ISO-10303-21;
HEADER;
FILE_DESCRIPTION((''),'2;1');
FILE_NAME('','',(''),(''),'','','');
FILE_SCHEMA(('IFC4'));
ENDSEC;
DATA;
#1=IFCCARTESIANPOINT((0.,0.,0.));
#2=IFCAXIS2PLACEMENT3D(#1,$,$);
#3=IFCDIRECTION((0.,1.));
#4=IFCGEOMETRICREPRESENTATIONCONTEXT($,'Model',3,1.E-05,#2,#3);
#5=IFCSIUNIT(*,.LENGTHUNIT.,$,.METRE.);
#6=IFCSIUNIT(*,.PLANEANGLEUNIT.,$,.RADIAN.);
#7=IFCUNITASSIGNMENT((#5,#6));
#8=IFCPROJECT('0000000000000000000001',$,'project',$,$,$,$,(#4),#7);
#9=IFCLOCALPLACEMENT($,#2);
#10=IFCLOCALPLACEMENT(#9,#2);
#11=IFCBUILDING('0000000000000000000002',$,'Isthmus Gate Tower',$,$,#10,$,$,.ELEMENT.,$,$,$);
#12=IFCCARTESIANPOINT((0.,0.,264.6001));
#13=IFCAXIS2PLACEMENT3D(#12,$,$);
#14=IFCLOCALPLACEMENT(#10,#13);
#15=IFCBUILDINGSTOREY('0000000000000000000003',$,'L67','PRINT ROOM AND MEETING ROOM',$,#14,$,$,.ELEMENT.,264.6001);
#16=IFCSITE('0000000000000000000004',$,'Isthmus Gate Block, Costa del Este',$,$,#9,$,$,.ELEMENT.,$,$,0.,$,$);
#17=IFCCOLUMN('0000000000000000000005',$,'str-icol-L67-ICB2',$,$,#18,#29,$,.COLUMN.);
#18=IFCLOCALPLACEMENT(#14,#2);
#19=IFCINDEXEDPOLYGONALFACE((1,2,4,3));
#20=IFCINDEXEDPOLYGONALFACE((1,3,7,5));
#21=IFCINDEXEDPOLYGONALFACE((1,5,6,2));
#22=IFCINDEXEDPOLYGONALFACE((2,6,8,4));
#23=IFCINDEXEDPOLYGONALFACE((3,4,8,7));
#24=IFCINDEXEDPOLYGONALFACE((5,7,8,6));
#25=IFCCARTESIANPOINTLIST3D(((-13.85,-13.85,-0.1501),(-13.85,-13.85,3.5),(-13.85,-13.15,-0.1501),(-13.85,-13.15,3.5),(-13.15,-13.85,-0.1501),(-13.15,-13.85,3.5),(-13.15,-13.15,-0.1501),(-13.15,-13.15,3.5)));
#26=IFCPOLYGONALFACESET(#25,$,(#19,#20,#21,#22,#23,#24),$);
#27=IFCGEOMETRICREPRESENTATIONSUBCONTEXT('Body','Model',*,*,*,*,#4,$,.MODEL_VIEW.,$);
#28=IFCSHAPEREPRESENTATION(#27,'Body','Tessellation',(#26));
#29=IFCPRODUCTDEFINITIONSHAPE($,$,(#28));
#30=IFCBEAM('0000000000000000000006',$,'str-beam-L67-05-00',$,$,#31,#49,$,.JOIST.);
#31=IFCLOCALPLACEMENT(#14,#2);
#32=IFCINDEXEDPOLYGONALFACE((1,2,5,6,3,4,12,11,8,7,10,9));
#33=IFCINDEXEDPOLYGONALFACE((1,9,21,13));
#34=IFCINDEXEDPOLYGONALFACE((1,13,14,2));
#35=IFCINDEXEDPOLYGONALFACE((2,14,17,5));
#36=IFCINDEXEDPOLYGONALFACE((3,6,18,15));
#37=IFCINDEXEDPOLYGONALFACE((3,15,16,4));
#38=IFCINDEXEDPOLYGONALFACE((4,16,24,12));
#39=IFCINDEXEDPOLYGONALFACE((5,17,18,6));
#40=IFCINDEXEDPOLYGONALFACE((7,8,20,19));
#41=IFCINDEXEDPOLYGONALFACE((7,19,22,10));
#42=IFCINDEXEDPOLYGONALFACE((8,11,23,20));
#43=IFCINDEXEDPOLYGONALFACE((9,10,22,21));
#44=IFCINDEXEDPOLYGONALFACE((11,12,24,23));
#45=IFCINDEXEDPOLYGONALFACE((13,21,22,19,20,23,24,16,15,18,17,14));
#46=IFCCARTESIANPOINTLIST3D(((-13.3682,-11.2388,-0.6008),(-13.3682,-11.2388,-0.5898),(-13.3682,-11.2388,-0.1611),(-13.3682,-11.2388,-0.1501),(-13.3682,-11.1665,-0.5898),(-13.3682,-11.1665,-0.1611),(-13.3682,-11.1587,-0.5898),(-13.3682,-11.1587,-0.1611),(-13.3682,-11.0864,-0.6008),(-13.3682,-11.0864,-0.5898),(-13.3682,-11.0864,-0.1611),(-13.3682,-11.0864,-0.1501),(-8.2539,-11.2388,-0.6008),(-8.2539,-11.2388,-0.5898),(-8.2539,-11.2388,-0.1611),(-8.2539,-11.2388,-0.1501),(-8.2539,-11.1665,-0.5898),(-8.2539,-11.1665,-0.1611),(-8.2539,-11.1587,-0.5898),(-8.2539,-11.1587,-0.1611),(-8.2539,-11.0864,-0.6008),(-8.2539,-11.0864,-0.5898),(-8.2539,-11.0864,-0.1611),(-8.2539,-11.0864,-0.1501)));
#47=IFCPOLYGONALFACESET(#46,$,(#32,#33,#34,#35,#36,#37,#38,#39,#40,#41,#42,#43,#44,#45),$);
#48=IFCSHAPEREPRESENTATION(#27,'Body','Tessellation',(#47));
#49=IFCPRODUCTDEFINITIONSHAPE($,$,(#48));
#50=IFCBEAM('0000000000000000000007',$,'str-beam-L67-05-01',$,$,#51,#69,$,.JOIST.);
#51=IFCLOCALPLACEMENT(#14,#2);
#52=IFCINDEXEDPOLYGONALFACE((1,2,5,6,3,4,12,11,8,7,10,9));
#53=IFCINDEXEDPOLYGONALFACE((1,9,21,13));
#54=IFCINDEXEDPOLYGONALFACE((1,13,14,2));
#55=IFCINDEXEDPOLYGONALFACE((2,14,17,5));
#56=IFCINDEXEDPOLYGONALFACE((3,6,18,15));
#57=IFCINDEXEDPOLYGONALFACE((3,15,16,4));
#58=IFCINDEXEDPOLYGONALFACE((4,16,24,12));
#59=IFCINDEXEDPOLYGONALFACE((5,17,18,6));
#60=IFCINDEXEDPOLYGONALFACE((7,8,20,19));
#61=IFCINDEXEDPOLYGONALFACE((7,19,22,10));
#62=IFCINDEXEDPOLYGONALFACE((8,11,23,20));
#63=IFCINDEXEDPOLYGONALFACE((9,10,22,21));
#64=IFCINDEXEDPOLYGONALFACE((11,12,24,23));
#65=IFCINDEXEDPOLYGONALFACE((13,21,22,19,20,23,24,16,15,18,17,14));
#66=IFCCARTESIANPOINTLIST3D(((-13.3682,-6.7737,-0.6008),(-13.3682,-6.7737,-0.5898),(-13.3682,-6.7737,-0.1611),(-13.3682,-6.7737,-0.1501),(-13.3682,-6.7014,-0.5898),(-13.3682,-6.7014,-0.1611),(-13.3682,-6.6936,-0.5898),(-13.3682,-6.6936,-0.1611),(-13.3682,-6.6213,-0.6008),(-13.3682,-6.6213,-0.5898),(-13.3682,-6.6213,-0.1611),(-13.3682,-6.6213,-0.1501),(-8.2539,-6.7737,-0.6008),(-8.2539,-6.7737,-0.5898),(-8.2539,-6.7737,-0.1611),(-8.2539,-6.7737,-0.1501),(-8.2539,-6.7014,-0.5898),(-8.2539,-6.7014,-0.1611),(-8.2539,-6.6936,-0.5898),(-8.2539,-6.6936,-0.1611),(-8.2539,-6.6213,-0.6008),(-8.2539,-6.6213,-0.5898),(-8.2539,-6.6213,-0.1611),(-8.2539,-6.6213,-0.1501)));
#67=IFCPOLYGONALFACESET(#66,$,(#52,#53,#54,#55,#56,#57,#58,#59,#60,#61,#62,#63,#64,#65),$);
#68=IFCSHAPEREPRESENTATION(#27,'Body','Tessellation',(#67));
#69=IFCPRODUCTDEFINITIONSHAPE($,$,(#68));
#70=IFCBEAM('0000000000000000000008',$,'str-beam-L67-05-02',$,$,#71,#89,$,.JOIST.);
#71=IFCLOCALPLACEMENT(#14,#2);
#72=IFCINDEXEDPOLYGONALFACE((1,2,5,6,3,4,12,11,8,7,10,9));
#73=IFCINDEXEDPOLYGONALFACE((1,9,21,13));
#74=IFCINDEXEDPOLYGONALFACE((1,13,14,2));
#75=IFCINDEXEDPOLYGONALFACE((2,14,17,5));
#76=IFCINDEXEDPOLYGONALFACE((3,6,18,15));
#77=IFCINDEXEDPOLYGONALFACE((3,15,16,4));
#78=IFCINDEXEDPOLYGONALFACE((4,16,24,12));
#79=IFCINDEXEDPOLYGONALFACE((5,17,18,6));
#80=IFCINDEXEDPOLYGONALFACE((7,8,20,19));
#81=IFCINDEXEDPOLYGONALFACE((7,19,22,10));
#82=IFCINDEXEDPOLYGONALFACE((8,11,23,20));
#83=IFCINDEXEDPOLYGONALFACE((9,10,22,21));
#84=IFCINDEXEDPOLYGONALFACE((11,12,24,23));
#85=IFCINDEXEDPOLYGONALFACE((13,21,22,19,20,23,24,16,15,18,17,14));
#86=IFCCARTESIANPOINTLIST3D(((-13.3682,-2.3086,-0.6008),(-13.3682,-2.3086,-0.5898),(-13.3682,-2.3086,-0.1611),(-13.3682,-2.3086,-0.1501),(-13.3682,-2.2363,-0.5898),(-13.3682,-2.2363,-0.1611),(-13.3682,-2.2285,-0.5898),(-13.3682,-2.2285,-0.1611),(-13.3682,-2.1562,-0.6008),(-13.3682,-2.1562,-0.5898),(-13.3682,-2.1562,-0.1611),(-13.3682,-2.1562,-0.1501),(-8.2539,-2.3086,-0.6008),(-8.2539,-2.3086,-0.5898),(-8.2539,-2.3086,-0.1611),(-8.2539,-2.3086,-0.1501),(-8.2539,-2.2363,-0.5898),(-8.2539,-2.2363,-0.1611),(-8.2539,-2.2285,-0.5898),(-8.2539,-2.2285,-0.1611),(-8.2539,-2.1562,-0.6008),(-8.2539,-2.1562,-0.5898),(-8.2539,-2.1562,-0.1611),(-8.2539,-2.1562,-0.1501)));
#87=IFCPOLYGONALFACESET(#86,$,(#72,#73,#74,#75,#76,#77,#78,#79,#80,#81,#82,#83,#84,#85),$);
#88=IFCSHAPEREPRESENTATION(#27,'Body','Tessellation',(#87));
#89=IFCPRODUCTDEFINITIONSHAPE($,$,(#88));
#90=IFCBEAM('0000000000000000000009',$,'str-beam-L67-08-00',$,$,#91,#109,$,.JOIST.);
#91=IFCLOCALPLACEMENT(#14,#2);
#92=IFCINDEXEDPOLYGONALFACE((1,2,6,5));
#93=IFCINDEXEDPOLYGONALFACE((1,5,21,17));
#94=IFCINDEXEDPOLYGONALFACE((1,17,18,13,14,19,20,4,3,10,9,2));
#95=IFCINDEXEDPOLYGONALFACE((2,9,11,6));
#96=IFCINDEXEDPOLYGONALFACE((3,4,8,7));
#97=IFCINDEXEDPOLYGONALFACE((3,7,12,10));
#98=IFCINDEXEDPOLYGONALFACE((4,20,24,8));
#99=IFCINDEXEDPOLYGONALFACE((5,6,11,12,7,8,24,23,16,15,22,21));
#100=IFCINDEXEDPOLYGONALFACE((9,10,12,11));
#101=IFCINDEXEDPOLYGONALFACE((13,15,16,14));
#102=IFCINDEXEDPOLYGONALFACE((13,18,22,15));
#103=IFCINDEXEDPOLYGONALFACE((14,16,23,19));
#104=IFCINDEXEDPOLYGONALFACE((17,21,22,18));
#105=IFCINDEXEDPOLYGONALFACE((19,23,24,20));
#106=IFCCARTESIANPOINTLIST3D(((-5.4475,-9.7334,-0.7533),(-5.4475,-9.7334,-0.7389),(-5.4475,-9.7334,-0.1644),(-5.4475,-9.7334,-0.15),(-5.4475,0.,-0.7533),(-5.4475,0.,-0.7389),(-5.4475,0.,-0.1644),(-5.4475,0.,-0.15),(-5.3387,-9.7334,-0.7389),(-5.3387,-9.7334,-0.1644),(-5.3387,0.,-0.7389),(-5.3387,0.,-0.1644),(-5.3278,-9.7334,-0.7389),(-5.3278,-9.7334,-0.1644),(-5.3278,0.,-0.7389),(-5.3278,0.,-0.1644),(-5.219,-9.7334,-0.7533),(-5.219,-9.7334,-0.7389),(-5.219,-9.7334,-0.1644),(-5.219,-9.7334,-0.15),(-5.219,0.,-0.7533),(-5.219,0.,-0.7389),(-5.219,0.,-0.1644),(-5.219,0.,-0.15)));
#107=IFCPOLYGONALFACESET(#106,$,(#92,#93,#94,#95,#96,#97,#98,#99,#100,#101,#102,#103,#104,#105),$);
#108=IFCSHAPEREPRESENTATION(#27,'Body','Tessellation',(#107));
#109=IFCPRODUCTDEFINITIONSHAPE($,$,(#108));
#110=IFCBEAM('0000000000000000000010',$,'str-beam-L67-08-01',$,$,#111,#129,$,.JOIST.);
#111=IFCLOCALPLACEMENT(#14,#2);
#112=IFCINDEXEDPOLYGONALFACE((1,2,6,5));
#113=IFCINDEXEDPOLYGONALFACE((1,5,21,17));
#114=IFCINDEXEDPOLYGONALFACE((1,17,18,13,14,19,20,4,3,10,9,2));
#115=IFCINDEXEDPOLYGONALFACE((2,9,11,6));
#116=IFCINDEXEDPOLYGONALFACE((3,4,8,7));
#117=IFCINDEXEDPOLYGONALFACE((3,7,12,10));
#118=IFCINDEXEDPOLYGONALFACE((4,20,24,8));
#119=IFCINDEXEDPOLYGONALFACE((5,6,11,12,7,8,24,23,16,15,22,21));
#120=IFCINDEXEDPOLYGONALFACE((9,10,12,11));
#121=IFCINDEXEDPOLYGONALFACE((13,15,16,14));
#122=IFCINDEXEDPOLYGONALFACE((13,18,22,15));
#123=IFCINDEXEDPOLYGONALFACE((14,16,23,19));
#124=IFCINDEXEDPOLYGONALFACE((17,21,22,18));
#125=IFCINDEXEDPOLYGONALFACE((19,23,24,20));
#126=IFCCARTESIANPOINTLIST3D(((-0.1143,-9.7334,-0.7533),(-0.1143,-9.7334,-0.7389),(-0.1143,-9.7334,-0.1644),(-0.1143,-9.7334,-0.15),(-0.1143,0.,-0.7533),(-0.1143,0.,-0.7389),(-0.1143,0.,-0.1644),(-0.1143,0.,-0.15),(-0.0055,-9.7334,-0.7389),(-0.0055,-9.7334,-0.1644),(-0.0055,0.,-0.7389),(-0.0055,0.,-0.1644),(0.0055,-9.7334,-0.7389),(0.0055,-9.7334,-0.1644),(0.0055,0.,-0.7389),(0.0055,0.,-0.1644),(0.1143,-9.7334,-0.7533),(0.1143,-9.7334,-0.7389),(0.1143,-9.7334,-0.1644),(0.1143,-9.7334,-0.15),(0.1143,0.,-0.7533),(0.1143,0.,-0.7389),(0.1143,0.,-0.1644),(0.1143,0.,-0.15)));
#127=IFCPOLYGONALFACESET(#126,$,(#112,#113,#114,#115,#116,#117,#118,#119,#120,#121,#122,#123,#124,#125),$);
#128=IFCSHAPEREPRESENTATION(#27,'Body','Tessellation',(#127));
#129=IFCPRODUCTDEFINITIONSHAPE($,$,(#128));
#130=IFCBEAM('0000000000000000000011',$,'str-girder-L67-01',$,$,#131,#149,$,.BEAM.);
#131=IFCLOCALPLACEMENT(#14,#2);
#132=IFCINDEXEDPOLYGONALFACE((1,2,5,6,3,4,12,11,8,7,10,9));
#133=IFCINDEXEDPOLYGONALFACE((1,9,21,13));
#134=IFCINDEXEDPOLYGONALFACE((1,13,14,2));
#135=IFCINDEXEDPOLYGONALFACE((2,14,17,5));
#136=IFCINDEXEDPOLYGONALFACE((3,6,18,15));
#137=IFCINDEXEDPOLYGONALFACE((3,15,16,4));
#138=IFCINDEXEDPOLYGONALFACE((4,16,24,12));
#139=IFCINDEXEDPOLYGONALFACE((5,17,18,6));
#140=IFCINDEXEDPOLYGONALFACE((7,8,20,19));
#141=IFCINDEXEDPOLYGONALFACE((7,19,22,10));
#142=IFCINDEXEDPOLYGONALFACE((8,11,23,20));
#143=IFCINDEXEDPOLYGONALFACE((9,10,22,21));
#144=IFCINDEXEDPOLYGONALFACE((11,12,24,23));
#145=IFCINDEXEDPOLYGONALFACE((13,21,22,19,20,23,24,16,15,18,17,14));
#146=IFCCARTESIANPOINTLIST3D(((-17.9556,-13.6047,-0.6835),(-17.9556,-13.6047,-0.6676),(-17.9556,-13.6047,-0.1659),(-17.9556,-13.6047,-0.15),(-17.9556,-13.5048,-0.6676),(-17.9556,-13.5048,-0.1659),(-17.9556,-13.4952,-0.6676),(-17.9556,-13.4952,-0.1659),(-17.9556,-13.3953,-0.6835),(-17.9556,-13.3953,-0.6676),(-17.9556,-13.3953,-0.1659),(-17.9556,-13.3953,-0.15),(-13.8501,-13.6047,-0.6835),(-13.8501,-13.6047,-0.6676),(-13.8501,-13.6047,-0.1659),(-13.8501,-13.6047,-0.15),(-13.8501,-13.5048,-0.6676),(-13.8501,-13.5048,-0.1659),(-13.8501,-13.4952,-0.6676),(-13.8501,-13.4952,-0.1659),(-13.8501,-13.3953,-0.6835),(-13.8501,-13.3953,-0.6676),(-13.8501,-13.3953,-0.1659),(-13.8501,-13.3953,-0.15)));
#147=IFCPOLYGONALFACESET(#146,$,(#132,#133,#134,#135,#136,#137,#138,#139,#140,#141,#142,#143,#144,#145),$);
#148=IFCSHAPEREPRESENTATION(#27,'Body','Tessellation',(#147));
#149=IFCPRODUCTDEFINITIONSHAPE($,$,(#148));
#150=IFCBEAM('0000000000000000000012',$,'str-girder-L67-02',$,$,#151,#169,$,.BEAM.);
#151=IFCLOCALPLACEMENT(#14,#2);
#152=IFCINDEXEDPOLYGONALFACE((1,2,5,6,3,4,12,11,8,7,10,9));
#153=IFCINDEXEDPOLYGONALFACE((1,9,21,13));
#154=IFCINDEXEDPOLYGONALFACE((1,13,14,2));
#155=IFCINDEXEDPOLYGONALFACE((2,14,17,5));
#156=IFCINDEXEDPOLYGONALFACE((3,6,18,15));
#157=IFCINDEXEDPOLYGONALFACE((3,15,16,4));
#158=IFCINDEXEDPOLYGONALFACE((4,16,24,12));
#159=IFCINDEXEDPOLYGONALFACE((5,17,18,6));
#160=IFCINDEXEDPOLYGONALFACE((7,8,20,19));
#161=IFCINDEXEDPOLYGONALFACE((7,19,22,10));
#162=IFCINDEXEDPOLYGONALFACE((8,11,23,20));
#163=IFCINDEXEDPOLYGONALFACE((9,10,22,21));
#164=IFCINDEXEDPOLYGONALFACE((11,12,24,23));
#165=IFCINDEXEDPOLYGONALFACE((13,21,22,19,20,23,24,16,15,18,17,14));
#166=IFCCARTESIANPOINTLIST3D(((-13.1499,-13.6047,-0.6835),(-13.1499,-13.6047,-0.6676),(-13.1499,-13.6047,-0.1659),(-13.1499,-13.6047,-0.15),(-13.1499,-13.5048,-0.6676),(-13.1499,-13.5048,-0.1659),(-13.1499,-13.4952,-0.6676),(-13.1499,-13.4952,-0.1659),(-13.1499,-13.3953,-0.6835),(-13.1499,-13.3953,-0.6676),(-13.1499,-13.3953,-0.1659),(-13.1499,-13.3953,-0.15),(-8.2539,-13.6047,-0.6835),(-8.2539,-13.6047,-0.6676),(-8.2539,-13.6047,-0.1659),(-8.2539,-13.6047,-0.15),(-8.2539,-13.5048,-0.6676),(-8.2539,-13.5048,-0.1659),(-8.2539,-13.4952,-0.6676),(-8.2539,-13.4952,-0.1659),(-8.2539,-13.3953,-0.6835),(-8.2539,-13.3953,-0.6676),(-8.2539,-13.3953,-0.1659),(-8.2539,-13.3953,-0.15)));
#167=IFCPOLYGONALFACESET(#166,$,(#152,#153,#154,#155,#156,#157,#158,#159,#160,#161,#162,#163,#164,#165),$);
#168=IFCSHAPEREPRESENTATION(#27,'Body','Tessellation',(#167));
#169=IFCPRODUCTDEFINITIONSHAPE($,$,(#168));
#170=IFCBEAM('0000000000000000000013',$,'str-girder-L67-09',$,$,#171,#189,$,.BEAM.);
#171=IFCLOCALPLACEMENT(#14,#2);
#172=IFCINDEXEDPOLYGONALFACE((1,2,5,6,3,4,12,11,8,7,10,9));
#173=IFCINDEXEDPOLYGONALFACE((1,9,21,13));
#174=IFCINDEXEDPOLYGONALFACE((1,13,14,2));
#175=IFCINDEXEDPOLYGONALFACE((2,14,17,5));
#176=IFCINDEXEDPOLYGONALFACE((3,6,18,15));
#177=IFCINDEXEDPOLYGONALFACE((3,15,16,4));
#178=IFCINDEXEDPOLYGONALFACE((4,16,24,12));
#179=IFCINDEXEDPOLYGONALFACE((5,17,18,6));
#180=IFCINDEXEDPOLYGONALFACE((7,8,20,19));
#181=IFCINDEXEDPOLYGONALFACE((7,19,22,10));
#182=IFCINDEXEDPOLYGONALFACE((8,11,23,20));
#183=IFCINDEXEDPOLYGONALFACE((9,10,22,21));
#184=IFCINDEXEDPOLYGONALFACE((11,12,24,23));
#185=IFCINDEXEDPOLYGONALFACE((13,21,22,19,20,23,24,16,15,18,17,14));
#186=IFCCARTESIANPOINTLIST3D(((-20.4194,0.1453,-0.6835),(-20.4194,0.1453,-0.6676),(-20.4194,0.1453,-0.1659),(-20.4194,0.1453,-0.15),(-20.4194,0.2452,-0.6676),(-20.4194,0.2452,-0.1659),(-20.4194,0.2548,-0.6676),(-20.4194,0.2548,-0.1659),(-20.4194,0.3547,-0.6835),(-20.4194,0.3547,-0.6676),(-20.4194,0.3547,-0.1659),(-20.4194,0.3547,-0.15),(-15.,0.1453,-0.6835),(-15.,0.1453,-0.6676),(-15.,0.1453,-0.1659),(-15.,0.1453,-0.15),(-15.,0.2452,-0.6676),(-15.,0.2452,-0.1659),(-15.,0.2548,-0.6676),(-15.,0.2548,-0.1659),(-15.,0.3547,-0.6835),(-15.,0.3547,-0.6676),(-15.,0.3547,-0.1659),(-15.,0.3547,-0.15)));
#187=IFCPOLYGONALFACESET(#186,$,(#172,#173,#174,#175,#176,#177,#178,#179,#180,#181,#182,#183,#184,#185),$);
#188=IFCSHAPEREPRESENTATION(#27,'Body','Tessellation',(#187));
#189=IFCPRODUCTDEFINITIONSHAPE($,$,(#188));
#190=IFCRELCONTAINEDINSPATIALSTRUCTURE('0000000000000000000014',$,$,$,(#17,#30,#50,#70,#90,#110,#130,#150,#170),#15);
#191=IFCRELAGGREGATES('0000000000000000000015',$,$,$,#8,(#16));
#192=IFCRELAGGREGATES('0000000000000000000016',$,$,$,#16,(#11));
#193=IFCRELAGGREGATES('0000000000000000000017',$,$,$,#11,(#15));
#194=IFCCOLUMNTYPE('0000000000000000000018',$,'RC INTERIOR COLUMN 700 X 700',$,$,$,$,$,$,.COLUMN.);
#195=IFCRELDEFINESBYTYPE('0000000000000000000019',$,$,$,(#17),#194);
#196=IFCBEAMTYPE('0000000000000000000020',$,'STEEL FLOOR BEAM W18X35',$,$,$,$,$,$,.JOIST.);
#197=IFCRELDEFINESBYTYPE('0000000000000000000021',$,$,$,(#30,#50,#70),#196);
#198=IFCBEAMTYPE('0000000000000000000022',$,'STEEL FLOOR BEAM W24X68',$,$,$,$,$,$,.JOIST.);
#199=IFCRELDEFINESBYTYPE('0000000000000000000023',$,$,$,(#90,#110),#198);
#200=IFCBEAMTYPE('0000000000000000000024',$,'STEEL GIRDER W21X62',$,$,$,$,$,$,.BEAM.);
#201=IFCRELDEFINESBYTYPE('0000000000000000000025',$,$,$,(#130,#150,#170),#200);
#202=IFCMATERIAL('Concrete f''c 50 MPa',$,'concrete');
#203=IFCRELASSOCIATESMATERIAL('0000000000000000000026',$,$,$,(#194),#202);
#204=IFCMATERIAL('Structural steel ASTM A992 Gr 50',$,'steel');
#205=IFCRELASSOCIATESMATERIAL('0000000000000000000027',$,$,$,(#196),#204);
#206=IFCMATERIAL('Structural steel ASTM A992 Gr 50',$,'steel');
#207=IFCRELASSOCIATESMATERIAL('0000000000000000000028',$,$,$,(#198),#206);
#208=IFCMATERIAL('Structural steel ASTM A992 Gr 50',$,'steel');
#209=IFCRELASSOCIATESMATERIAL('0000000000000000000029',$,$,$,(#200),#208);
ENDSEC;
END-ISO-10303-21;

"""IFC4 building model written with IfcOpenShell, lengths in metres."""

from ifc_helpers import new_model, si_unit, direction, frame, origin, origin_2d, place, context, subcontext, project, spatial, rectangle, i_section, extrude, material, material_profile, profile_set, type_object, element, save


model = new_model("IFC4")

# Units and contexts
model_context = context("Model", 3, precision=1e-05, world=origin(), true_north=direction((0.0, 1.0)))
body_context = subcontext(model_context, "Body", "Model", "MODEL_VIEW")
ifc_project = project(units=[si_unit("LENGTHUNIT", "METRE"), si_unit("PLANEANGLEUNIT", "RADIAN")], contexts=[model_context])

# Site, building, storey
site_placement = place(None, origin())
site = spatial("IfcSite", under=ifc_project, at=site_placement, Name="Isthmus Gate Block, Costa del Este", CompositionType="ELEMENT", RefElevation=0.0)
building_placement = place(site_placement, origin())
building = spatial("IfcBuilding", under=site, at=building_placement, Name="Isthmus Gate Tower", CompositionType="ELEMENT")
storey_placement = place(building_placement, frame((0.0, 0.0, 264.6001)))
storey = spatial("IfcBuildingStorey", under=building, at=storey_placement, Name="L67", Description="PRINT ROOM AND MEETING ROOM", CompositionType="ELEMENT", Elevation=264.6001)

# Column
ifc_material_1 = material(Name="Concrete f'c 50 MPa", Category="concrete")
ifc_material_profile_1 = material_profile(ifc_material_1, rectangle(XDim=0.7, YDim=0.7, at=origin_2d()), Name="RC 700X700")
ifc_profile_set_1 = profile_set([ifc_material_profile_1], Name="Concrete f'c 50 MPa")
column_type = type_object("IfcColumnType", Name="RC INTERIOR COLUMN 700 X 700", PredefinedType="COLUMN", material=ifc_profile_set_1)
column_placement = place(storey_placement, frame((-13.5, -13.5, -0.1501), z_axis=(0.0, 0.0, 1.0), x_axis=(1.0, 0.0, 0.0)))
element("IfcColumn", 1, at=column_placement, inside=storey, type_object=column_type, Name="str-icol-L67-ICB2", PredefinedType="COLUMN", context=body_context, shape_type="SweptSolid", body=[
    extrude(rectangle(XDim=0.7, YDim=0.7, at=origin_2d()), origin(), (0.0, 0.0, 1.0), 3.6501),
])

# Beams
ifc_material_2 = material(Name="Structural steel ASTM A992 Gr 50", Category="steel")
ifc_material_profile_2 = material_profile(ifc_material_2, i_section(OverallWidth=0.1523, OverallDepth=0.4507, WebThickness=0.0078, FlangeThickness=0.011, at=origin_2d()), Name="W18X35")
ifc_profile_set_2 = profile_set([ifc_material_profile_2], Name="Structural steel ASTM A992 Gr 50")
beam_type_1 = type_object("IfcBeamType", Name="STEEL FLOOR BEAM W18X35", PredefinedType="JOIST", material=ifc_profile_set_2)
for number, where, z_axis, x_axis, name in (
    (2, (-13.3682, -11.1626, -0.3755), (1.0, 0.0, 0.0), (0.0, 1.0, 0.0), "str-beam-L67-05-00"),
    (3, (-13.3682, -6.6975, -0.3755), (1.0, 0.0, 0.0), (0.0, 1.0, 0.0), "str-beam-L67-05-01"),
    (4, (-13.3682, -2.2324, -0.3755), (1.0, 0.0, 0.0), (0.0, 1.0, 0.0), "str-beam-L67-05-02"),
):
    element("IfcBeam", number, at=place(storey_placement, frame(where, z_axis=z_axis, x_axis=x_axis)), inside=storey, type_object=beam_type_1, Name=name, PredefinedType="JOIST", context=body_context, shape_type="SweptSolid", body=[
        extrude(i_section(OverallWidth=0.1523, OverallDepth=0.4507, WebThickness=0.0078, FlangeThickness=0.011, at=origin_2d()), origin(), (0.0, 0.0, 1.0), 5.1143),
    ])
ifc_material_3 = material(Name="Structural steel ASTM A992 Gr 50", Category="steel")
ifc_material_profile_3 = material_profile(ifc_material_3, i_section(OverallWidth=0.2285, OverallDepth=0.6033, WebThickness=0.011, FlangeThickness=0.0144, at=origin_2d()), Name="W24X68")
ifc_profile_set_3 = profile_set([ifc_material_profile_3], Name="Structural steel ASTM A992 Gr 50")
beam_type_2 = type_object("IfcBeamType", Name="STEEL FLOOR BEAM W24X68", PredefinedType="JOIST", material=ifc_profile_set_3)
for number, where, z_axis, x_axis, name in (
    (5, (-5.3333, -9.7334, -0.4517), (0.0, 1.0, 0.0), (-1.0, 0.0, 0.0), "str-beam-L67-08-00"),
    (6, (0.0, -9.7334, -0.4517), (0.0, 1.0, 0.0), (-1.0, 0.0, 0.0), "str-beam-L67-08-01"),
):
    element("IfcBeam", number, at=place(storey_placement, frame(where, z_axis=z_axis, x_axis=x_axis)), inside=storey, type_object=beam_type_2, Name=name, PredefinedType="JOIST", context=body_context, shape_type="SweptSolid", body=[
        extrude(i_section(OverallWidth=0.2285, OverallDepth=0.6033, WebThickness=0.011, FlangeThickness=0.0144, at=origin_2d()), origin(), (0.0, 0.0, 1.0), 9.7334),
    ])
ifc_material_4 = material(Name="Structural steel ASTM A992 Gr 50", Category="steel")
ifc_material_profile_4 = material_profile(ifc_material_4, i_section(OverallWidth=0.2095, OverallDepth=0.5334, WebThickness=0.0095, FlangeThickness=0.0159, at=origin_2d()), Name="W21X62")
ifc_profile_set_4 = profile_set([ifc_material_profile_4], Name="Structural steel ASTM A992 Gr 50")
beam_type_3 = type_object("IfcBeamType", Name="STEEL GIRDER W21X62", PredefinedType="BEAM", material=ifc_profile_set_4)
beam_1_placement = place(storey_placement, frame((-17.9556, -13.5, -0.4167), z_axis=(1.0, 0.0, 0.0), x_axis=(0.0, 1.0, 0.0)))
element("IfcBeam", 7, at=beam_1_placement, inside=storey, type_object=beam_type_3, Name="str-girder-L67-01", PredefinedType="BEAM", context=body_context, shape_type="SweptSolid", body=[
    extrude(i_section(OverallWidth=0.2095, OverallDepth=0.5334, WebThickness=0.0095, FlangeThickness=0.0159, at=origin_2d()), origin(), (0.0, 0.0, 1.0), 4.1055),
])
beam_2_placement = place(storey_placement, frame((-13.1499, -13.5, -0.4167), z_axis=(1.0, 0.0, 0.0), x_axis=(0.0, 1.0, 0.0)))
element("IfcBeam", 8, at=beam_2_placement, inside=storey, type_object=beam_type_3, Name="str-girder-L67-02", PredefinedType="BEAM", context=body_context, shape_type="SweptSolid", body=[
    extrude(i_section(OverallWidth=0.2095, OverallDepth=0.5334, WebThickness=0.0095, FlangeThickness=0.0159, at=origin_2d()), origin(), (0.0, 0.0, 1.0), 4.896),
])
beam_3_placement = place(storey_placement, frame((-15.0, 0.25, -0.4167), z_axis=(-1.0, 0.0, 0.0), x_axis=(0.0, -1.0, 0.0)))
element("IfcBeam", 9, at=beam_3_placement, inside=storey, type_object=beam_type_3, Name="str-girder-L67-09", PredefinedType="BEAM", context=body_context, shape_type="SweptSolid", body=[
    extrude(i_section(OverallWidth=0.2095, OverallDepth=0.5334, WebThickness=0.0095, FlangeThickness=0.0159, at=origin_2d()), origin(), (0.0, 0.0, 1.0), 5.4194),
])

save(model, "model.ifc")
